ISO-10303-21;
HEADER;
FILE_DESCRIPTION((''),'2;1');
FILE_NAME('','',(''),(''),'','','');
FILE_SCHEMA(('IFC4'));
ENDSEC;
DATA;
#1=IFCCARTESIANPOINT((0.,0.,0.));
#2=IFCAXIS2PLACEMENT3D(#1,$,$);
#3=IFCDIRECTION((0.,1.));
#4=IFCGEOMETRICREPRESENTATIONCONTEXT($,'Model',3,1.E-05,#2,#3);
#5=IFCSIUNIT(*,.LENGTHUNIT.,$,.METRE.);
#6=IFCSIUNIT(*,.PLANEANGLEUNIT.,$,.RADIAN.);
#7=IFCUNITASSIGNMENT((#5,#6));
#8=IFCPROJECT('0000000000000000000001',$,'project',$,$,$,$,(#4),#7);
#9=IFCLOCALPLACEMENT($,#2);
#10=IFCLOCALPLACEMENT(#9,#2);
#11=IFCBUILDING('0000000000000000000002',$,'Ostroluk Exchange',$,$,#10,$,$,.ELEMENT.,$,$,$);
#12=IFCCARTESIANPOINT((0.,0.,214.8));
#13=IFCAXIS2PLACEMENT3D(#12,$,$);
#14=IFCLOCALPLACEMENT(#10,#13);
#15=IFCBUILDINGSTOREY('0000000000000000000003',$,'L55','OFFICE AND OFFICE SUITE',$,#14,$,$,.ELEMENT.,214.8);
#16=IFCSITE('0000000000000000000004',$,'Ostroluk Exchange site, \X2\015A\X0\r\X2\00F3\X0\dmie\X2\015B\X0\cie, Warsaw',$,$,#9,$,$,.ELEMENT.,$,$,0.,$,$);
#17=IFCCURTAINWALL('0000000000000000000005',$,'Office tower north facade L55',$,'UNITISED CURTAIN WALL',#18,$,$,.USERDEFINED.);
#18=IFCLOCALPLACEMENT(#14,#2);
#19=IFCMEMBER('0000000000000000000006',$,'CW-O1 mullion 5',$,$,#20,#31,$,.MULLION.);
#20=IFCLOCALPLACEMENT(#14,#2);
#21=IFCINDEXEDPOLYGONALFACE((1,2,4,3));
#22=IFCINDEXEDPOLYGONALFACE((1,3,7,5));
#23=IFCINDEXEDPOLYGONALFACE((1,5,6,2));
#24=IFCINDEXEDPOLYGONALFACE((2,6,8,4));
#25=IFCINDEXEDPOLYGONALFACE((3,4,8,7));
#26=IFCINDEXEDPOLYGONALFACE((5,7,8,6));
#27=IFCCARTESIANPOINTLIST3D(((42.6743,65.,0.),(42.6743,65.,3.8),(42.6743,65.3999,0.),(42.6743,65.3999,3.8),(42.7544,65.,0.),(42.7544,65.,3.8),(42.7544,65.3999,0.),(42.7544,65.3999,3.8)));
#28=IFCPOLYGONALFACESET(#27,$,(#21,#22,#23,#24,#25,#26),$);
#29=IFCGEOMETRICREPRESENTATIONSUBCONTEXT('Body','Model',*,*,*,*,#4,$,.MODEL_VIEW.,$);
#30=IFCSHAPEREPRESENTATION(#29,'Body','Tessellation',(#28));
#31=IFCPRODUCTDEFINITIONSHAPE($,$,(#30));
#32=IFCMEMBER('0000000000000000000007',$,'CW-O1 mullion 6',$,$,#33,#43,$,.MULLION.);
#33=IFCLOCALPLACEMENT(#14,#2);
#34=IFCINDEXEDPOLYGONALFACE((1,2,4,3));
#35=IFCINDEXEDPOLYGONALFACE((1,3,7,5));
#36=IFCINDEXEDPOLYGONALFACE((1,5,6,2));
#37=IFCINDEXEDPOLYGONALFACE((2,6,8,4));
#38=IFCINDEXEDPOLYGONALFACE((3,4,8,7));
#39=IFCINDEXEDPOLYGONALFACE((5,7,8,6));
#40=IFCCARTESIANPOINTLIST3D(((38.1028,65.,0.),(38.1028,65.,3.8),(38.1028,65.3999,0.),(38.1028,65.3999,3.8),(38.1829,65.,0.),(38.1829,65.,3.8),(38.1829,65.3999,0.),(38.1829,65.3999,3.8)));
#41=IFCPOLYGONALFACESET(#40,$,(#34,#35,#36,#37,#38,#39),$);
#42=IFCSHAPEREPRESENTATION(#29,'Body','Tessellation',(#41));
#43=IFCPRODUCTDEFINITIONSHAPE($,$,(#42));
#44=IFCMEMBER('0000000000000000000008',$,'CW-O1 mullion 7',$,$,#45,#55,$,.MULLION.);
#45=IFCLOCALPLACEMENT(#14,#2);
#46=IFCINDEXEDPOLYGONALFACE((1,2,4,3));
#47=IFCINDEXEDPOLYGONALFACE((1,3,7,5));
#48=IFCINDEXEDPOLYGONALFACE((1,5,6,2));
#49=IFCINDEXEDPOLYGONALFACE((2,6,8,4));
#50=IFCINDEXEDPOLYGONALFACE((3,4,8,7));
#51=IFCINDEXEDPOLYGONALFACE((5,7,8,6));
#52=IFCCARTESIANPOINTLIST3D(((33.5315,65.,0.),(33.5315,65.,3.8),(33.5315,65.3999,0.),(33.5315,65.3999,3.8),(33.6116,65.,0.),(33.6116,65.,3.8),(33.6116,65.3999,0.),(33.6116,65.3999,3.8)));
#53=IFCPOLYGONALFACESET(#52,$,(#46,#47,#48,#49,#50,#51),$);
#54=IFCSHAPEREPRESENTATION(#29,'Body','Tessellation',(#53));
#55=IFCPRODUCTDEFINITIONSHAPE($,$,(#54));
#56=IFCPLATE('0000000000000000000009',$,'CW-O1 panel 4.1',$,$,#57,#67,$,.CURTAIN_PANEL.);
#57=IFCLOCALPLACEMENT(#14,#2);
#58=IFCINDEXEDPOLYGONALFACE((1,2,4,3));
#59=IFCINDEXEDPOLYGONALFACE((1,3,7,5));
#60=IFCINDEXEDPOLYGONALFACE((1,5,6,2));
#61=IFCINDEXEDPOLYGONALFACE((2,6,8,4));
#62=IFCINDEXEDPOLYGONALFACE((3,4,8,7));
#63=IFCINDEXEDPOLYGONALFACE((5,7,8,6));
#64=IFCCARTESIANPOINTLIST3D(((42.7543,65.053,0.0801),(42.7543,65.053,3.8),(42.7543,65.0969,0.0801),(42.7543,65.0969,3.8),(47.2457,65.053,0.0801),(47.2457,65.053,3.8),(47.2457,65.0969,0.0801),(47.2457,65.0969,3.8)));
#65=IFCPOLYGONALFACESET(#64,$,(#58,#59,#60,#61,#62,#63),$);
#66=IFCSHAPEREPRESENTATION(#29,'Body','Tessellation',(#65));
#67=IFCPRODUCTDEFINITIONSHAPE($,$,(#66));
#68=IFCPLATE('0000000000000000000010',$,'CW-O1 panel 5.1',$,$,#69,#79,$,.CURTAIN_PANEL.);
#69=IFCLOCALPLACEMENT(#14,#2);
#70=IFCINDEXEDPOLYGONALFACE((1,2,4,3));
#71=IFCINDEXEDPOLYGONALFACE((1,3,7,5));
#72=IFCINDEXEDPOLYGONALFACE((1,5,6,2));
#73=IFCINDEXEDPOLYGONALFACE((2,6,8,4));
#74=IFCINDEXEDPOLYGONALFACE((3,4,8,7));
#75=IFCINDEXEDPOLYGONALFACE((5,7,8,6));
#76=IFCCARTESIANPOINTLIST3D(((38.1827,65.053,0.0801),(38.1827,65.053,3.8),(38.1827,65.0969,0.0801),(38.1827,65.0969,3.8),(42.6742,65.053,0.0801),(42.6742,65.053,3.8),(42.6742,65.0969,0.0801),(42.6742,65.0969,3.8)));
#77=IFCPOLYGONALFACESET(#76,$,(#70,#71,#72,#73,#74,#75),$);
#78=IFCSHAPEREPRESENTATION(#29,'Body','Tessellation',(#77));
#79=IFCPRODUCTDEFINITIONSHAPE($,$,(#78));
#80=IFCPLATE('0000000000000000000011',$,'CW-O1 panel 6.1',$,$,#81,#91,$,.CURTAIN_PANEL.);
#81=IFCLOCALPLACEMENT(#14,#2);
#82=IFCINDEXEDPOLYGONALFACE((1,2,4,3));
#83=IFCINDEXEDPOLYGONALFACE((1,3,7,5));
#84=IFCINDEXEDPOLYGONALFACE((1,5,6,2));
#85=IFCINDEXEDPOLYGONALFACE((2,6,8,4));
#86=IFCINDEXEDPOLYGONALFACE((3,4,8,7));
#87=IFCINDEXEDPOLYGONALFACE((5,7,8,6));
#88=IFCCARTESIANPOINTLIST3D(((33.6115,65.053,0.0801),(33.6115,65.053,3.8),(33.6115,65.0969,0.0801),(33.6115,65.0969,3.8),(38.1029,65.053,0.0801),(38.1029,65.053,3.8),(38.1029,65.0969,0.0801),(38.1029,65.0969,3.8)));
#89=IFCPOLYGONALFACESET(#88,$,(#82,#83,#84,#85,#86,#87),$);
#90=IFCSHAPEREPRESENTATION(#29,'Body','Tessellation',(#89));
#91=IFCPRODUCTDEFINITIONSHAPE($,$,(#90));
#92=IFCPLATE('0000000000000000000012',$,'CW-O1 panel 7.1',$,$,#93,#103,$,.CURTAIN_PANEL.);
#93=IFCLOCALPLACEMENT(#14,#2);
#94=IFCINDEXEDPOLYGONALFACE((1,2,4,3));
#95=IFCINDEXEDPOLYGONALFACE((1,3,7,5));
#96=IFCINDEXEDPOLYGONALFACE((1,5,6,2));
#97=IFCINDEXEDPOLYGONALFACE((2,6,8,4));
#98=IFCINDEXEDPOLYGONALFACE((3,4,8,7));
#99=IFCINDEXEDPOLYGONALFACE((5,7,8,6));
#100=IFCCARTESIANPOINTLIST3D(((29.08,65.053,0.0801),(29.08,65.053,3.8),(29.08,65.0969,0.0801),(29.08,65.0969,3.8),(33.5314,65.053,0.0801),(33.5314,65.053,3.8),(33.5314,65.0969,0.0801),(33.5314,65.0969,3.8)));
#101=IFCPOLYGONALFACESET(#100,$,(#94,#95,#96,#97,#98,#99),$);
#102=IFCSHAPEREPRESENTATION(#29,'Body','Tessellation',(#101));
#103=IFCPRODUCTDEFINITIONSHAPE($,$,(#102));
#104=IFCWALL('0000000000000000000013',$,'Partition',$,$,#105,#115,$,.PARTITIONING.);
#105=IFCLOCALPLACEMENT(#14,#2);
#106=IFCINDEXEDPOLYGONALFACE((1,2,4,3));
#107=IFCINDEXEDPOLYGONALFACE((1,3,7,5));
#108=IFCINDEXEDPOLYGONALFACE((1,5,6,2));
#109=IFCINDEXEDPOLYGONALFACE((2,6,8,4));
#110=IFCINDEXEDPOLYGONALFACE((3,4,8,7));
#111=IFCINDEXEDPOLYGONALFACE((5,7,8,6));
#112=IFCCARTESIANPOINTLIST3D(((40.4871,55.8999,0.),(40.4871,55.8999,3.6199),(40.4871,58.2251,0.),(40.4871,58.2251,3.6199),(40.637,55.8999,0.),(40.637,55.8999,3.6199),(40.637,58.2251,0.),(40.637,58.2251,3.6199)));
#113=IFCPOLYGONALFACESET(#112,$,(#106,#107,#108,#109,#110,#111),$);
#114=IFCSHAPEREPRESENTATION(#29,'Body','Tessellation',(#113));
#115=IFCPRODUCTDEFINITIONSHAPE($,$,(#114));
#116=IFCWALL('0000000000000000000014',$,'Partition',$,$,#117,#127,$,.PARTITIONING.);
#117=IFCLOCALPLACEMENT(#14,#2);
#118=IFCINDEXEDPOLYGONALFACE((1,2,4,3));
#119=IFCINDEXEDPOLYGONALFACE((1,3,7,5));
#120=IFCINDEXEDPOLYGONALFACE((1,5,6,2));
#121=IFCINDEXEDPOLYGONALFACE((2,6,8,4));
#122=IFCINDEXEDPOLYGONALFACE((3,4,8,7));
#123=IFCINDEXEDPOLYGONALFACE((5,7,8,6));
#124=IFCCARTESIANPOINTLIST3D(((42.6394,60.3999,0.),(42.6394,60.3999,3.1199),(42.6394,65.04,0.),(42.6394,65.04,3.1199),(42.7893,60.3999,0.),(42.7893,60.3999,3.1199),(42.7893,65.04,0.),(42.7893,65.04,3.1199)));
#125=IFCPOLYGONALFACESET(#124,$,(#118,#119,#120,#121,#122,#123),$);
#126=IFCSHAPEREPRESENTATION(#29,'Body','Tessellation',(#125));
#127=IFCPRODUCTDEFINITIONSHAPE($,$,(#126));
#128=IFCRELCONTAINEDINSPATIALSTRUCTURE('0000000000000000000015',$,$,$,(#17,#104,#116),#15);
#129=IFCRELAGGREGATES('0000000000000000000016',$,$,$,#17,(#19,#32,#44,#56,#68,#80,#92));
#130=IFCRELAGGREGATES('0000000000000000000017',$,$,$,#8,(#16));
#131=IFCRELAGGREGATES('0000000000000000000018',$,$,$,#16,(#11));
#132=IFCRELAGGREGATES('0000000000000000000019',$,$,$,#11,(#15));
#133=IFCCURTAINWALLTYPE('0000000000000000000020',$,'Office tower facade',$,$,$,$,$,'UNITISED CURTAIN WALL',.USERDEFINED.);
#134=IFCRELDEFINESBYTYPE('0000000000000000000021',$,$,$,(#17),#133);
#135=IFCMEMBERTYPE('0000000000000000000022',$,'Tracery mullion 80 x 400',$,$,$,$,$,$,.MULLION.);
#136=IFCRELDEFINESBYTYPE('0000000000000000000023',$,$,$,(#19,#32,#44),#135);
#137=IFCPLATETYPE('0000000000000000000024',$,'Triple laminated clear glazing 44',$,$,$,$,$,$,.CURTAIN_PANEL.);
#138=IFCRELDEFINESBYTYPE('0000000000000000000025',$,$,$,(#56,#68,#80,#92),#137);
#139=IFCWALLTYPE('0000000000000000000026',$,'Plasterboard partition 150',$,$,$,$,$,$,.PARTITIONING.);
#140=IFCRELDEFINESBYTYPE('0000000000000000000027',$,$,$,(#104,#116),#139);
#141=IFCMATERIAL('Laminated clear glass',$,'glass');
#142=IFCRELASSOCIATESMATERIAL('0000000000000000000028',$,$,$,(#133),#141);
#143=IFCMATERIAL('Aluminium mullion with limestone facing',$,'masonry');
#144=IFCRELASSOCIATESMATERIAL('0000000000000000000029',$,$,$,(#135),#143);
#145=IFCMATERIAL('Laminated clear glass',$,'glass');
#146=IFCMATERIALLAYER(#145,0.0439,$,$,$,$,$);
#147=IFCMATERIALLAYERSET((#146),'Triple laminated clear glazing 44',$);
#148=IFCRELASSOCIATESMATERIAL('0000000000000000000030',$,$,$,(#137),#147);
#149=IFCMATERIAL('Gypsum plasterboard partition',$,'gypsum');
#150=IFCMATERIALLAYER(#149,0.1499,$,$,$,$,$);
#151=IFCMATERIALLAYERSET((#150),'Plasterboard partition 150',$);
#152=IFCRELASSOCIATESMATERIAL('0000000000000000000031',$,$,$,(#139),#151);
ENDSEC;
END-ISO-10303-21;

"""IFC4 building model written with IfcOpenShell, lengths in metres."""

from ifc_helpers import new_model, si_unit, direction, frame, frame_2d, origin, origin_2d, place, context, subcontext, project, spatial, rectangle, extrude, material, layer, layer_set, material_profile, profile_set, type_object, element, aggregate, save


model = new_model("IFC4")

# Units and contexts
model_context = context("Model", 3, precision=1e-05, world=origin(), true_north=direction((0.0, 1.0)))
body_context = subcontext(model_context, "Body", "Model", "MODEL_VIEW")
ifc_project = project(units=[si_unit("LENGTHUNIT", "METRE"), si_unit("PLANEANGLEUNIT", "RADIAN")], contexts=[model_context])

# Site, building, storey
site_placement = place(None, origin())
site = spatial("IfcSite", under=ifc_project, at=site_placement, Name="Ostroluk Exchange site, Śródmieście, Warsaw", CompositionType="ELEMENT", RefElevation=0.0)
building_placement = place(site_placement, origin())
building = spatial("IfcBuilding", under=site, at=building_placement, Name="Ostroluk Exchange", CompositionType="ELEMENT")
storey_placement = place(building_placement, frame((0.0, 0.0, 214.8)))
storey = spatial("IfcBuildingStorey", under=building, at=storey_placement, Name="L55", Description="OFFICE AND OFFICE SUITE", CompositionType="ELEMENT", Elevation=214.8)

# Curtain wall, members, plates
ifc_material_1 = material(Name="Laminated clear glass", Category="glass")
curtain_wall_type = type_object("IfcCurtainWallType", Name="Office tower facade", ElementType="UNITISED CURTAIN WALL", PredefinedType="USERDEFINED", material=ifc_material_1)
curtain_wall_placement = place(storey_placement, origin())
curtain_wall = element("IfcCurtainWall", 1, at=curtain_wall_placement, inside=storey, type_object=curtain_wall_type, Name="Office tower north facade L55", ObjectType="UNITISED CURTAIN WALL", PredefinedType="USERDEFINED")
ifc_material_2 = material(Name="Aluminium mullion with limestone facing", Category="masonry")
ifc_material_profile_1 = material_profile(ifc_material_2, rectangle(XDim=0.3999, YDim=0.0801, at=origin_2d()), Name="Tracery mullion 80 x 400")
ifc_profile_set_1 = profile_set([ifc_material_profile_1], Name="Aluminium mullion with limestone facing")
member_type_1 = type_object("IfcMemberType", Name="Tracery mullion 80 x 400", PredefinedType="MULLION", material=ifc_profile_set_1)
member_1_placement = place(storey_placement, frame((42.7144, 65.2, 0.0), z_axis=(0.0, 0.0, 1.0), x_axis=(0.0, -1.0, 0.0)))
member_1 = element("IfcMember", 2, at=member_1_placement, type_object=member_type_1, Name="CW-O1 mullion 5", PredefinedType="MULLION", context=body_context, shape_type="SweptSolid", body=[
    extrude(rectangle(XDim=0.3999, YDim=0.0801, at=origin_2d()), origin(), (0.0, 0.0, 1.0), 3.8),
])
member_2_placement = place(storey_placement, frame((38.1428, 65.2, 0.0), z_axis=(0.0, 0.0, 1.0), x_axis=(0.0, -1.0, 0.0)))
member_2 = element("IfcMember", 3, at=member_2_placement, type_object=member_type_1, Name="CW-O1 mullion 6", PredefinedType="MULLION", context=body_context, shape_type="SweptSolid", body=[
    extrude(rectangle(XDim=0.3999, YDim=0.0801, at=origin_2d()), origin(), (0.0, 0.0, 1.0), 3.8),
])
member_3_placement = place(storey_placement, frame((33.5715, 65.2, 0.0), z_axis=(0.0, 0.0, 1.0), x_axis=(0.0, -1.0, 0.0)))
member_3 = element("IfcMember", 4, at=member_3_placement, type_object=member_type_1, Name="CW-O1 mullion 7", PredefinedType="MULLION", context=body_context, shape_type="SweptSolid", body=[
    extrude(rectangle(XDim=0.3999, YDim=0.0801, at=origin_2d()), origin(), (0.0, 0.0, 1.0), 3.8),
])
ifc_material_3 = material(Name="Laminated clear glass", Category="glass")
ifc_layer_1 = layer(ifc_material_3, 0.0439)
ifc_layer_set_1 = layer_set([ifc_layer_1], Name="Triple laminated clear glazing 44")
plate_type = type_object("IfcPlateType", Name="Triple laminated clear glazing 44", PredefinedType="CURTAIN_PANEL", material=ifc_layer_set_1)
plate_1_placement = place(storey_placement, frame((45.0, 65.075, 0.0801), z_axis=(0.0, 0.0, 1.0), x_axis=(-1.0, 0.0, 0.0)))
plate_1 = element("IfcPlate", 5, at=plate_1_placement, type_object=plate_type, Name="CW-O1 panel 4.1", PredefinedType="CURTAIN_PANEL", context=body_context, shape_type="SweptSolid", body=[
    extrude(rectangle(XDim=4.4915, YDim=0.0439, at=origin_2d()), origin(), (0.0, 0.0, 1.0), 3.72),
])
plate_2_placement = place(storey_placement, frame((40.4285, 65.075, 0.0801), z_axis=(0.0, 0.0, 1.0), x_axis=(-1.0, 0.0, 0.0)))
plate_2 = element("IfcPlate", 6, at=plate_2_placement, type_object=plate_type, Name="CW-O1 panel 5.1", PredefinedType="CURTAIN_PANEL", context=body_context, shape_type="SweptSolid", body=[
    extrude(rectangle(XDim=4.4915, YDim=0.0439, at=origin_2d()), origin(), (0.0, 0.0, 1.0), 3.72),
])
plate_3_placement = place(storey_placement, frame((35.8572, 65.075, 0.0801), z_axis=(0.0, 0.0, 1.0), x_axis=(-1.0, 0.0, 0.0)))
plate_3 = element("IfcPlate", 7, at=plate_3_placement, type_object=plate_type, Name="CW-O1 panel 6.1", PredefinedType="CURTAIN_PANEL", context=body_context, shape_type="SweptSolid", body=[
    extrude(rectangle(XDim=4.4915, YDim=0.0439, at=origin_2d()), origin(), (0.0, 0.0, 1.0), 3.72),
])
plate_4_placement = place(storey_placement, frame((31.3057, 65.075, 0.0801), z_axis=(0.0, 0.0, 1.0), x_axis=(-1.0, 0.0, 0.0)))
plate_4 = element("IfcPlate", 8, at=plate_4_placement, type_object=plate_type, Name="CW-O1 panel 7.1", PredefinedType="CURTAIN_PANEL", context=body_context, shape_type="SweptSolid", body=[
    extrude(rectangle(XDim=4.4514, YDim=0.0439, at=origin_2d()), origin(), (0.0, 0.0, 1.0), 3.72),
])
aggregate(curtain_wall, [member_1, member_2, member_3, plate_1, plate_2, plate_3, plate_4])

# Walls
ifc_material_4 = material(Name="Gypsum plasterboard partition", Category="gypsum")
ifc_layer_2 = layer(ifc_material_4, 0.1499)
ifc_layer_set_2 = layer_set([ifc_layer_2], Name="Plasterboard partition 150")
wall_type = type_object("IfcWallType", Name="Plasterboard partition 150", PredefinedType="PARTITIONING", material=ifc_layer_set_2)
wall_1_placement = place(storey_placement, frame((40.562, 55.8999, 0.0), z_axis=(0.0, 0.0, 1.0), x_axis=(0.0, 1.0, 0.0)))
element("IfcWall", 9, at=wall_1_placement, inside=storey, type_object=wall_type, Name="Partition", PredefinedType="PARTITIONING", context=body_context, shape_type="SweptSolid", body=[
    extrude(rectangle(XDim=2.3252, YDim=0.1499, at=frame_2d((1.1626, 0.0))), origin(), (0.0, 0.0, 1.0), 3.6199),
])
wall_2_placement = place(storey_placement, frame((42.7144, 60.3999, 0.0), z_axis=(0.0, 0.0, 1.0), x_axis=(0.0, 1.0, 0.0)))
element("IfcWall", 10, at=wall_2_placement, inside=storey, type_object=wall_type, Name="Partition", PredefinedType="PARTITIONING", context=body_context, shape_type="SweptSolid", body=[
    extrude(rectangle(XDim=4.6401, YDim=0.1499, at=frame_2d((2.3201, 0.0))), origin(), (0.0, 0.0, 1.0), 3.1199),
])

save(model, "model.ifc")
